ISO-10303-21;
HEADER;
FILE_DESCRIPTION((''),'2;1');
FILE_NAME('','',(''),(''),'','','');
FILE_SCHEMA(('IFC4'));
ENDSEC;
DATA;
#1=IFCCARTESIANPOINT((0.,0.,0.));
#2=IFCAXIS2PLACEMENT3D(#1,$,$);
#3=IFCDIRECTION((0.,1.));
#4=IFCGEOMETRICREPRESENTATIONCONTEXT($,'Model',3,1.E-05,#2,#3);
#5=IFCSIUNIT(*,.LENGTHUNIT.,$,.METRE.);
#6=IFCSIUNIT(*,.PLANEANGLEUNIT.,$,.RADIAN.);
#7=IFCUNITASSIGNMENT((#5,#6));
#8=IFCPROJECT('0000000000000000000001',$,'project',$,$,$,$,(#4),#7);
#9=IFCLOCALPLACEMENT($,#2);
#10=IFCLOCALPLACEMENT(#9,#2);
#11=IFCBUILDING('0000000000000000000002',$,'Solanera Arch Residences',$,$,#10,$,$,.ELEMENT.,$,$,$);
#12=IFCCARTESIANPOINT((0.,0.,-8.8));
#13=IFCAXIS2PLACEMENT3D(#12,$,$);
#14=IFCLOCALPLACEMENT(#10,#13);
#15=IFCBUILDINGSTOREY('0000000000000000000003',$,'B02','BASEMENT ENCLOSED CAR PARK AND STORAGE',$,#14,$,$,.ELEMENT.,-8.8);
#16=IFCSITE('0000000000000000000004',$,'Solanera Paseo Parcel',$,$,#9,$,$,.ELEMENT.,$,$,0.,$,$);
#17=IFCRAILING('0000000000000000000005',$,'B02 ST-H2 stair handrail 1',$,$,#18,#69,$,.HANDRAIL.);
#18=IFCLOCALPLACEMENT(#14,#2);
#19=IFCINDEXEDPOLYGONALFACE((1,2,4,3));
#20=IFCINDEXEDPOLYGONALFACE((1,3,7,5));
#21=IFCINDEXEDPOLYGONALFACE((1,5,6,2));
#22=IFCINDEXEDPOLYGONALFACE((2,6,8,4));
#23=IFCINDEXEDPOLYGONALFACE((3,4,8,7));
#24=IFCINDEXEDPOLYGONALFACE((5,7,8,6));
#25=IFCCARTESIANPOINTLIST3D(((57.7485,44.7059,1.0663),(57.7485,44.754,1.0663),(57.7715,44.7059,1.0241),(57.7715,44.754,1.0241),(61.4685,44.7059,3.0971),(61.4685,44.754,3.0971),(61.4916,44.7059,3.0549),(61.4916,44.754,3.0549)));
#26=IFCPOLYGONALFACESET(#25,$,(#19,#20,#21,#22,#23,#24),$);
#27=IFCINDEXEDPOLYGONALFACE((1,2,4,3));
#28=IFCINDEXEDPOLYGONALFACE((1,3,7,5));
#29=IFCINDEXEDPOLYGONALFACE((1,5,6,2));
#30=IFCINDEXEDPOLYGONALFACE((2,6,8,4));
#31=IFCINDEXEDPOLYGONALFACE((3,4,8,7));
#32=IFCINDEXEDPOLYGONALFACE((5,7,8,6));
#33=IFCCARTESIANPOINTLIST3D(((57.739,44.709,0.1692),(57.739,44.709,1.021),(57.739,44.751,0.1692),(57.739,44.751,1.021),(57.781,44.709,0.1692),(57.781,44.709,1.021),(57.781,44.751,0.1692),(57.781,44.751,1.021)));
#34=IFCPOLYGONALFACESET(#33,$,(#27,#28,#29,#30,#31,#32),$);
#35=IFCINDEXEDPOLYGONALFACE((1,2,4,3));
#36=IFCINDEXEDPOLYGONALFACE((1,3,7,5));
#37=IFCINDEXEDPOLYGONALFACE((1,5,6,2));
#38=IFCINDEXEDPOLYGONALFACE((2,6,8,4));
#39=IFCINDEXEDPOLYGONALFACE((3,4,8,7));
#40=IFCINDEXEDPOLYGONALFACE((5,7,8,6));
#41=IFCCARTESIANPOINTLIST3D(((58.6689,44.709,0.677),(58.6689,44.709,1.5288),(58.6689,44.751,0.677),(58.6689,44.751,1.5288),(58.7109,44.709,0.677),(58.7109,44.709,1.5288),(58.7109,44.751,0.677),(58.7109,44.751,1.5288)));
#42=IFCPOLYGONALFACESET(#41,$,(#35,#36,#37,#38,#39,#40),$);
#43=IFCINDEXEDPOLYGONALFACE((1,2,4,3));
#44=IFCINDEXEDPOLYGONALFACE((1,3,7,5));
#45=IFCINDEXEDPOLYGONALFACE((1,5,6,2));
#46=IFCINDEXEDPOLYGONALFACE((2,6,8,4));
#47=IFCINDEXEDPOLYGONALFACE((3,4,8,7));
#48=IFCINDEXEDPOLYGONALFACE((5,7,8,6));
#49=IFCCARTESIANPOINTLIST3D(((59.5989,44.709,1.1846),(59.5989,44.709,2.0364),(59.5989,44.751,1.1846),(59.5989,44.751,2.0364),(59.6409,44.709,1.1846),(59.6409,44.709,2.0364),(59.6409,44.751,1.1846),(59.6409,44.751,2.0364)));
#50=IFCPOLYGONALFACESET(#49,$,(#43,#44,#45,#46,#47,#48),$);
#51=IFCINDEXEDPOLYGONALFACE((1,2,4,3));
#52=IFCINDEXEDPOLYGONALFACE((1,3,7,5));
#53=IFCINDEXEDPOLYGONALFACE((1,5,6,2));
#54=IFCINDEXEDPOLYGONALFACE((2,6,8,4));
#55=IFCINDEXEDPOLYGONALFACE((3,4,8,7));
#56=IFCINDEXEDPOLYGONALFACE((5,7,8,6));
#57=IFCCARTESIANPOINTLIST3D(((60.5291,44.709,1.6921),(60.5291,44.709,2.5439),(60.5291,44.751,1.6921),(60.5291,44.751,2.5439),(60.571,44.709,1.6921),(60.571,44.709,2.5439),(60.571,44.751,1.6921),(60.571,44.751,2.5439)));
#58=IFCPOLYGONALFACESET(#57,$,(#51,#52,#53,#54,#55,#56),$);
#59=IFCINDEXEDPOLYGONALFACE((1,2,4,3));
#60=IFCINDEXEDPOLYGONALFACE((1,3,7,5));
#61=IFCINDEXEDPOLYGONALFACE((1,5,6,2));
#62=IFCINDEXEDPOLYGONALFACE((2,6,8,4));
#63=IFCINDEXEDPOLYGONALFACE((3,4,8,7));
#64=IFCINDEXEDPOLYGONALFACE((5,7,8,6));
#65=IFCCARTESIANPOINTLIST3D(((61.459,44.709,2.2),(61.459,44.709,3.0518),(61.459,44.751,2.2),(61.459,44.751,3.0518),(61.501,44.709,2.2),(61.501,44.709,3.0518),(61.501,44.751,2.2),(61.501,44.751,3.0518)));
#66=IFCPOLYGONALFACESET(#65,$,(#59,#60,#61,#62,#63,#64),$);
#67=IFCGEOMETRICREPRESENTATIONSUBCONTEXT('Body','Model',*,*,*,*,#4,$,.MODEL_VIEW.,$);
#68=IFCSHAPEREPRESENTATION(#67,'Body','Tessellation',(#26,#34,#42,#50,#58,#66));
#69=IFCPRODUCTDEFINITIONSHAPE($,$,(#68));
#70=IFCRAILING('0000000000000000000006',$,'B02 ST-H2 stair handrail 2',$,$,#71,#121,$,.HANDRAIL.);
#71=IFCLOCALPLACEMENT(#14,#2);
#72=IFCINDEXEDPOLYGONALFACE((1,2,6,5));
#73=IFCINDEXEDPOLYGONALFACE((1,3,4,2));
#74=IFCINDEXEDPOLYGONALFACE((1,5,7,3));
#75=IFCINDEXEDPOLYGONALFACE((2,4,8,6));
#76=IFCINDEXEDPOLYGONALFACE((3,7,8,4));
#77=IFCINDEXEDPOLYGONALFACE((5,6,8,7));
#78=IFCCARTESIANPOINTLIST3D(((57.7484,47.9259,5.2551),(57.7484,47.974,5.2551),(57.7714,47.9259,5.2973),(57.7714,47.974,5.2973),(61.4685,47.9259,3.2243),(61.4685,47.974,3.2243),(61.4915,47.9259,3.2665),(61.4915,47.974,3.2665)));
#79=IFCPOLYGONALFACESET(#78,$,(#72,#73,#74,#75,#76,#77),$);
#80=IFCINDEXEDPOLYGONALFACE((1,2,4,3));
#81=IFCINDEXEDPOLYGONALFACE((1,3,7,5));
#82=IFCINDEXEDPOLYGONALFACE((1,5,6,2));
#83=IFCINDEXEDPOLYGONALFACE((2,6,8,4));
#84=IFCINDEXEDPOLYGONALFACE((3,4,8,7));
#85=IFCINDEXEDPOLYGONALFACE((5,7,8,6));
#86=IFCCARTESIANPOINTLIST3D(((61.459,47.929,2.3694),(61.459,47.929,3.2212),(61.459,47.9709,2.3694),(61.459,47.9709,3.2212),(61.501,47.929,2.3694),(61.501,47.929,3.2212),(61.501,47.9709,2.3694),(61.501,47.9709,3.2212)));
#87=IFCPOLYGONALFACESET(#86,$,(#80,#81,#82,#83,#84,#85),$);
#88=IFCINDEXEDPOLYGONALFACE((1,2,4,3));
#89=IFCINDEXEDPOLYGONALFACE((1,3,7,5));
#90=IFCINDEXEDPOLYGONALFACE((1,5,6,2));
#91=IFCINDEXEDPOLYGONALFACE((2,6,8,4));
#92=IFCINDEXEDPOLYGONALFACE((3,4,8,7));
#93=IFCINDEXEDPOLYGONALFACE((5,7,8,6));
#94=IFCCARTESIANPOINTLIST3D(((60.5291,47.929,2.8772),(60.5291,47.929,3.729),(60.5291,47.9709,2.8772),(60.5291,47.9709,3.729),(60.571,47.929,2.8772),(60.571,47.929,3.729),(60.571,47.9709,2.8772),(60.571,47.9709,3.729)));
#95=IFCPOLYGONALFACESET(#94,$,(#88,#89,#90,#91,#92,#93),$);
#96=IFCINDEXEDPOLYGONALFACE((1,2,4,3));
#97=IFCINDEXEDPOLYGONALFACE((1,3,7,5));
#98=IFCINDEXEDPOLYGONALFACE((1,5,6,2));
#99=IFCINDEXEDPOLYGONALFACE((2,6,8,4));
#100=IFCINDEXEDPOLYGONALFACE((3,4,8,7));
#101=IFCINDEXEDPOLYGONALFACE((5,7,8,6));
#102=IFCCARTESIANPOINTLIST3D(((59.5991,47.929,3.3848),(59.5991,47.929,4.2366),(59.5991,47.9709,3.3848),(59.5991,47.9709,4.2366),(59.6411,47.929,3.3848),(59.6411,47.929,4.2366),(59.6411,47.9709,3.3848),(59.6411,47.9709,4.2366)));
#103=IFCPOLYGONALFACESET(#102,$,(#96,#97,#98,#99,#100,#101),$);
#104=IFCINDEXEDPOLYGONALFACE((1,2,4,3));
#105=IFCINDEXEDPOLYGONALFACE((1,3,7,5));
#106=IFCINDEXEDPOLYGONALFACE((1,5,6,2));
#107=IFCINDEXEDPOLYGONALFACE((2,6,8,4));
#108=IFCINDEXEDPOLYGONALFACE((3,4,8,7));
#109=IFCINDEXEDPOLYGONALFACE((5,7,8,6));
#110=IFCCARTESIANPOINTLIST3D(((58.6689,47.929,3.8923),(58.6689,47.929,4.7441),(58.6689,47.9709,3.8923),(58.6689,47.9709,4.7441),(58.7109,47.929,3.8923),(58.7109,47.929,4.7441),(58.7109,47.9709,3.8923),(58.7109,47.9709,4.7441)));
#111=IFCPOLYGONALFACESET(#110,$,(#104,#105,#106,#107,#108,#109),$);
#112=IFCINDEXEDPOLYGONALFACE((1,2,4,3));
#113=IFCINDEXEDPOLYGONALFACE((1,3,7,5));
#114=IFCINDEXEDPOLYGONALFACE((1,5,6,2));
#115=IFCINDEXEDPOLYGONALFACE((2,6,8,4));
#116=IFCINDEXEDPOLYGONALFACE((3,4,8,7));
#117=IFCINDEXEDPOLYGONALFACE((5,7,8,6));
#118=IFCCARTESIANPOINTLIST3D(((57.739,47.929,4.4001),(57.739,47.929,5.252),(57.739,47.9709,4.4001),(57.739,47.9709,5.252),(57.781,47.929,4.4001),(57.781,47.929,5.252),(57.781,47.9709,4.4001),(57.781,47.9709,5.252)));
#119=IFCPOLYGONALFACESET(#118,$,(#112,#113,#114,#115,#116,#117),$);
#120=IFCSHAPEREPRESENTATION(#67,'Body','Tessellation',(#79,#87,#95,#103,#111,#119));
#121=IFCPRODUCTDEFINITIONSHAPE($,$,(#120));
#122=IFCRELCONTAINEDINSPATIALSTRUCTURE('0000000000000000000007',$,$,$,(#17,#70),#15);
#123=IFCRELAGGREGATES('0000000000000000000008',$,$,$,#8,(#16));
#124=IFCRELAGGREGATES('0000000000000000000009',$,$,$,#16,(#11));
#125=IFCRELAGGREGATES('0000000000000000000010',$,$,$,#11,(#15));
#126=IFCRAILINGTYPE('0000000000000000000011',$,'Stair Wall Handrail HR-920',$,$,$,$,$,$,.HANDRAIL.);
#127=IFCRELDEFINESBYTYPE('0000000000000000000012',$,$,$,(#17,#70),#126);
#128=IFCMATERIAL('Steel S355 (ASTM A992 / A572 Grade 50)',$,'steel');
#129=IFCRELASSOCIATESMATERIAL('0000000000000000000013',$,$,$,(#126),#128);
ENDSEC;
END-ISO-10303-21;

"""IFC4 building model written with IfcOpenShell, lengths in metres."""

from ifc_helpers import new_model, si_unit, direction, frame, origin, origin_2d, place, context, subcontext, project, spatial, rectangle, extrude, material, type_object, element, save


model = new_model("IFC4")

# Units and contexts
model_context = context("Model", 3, precision=1e-05, world=origin(), true_north=direction((0.0, 1.0)))
body_context = subcontext(model_context, "Body", "Model", "MODEL_VIEW")
ifc_project = project(units=[si_unit("LENGTHUNIT", "METRE"), si_unit("PLANEANGLEUNIT", "RADIAN")], contexts=[model_context])

# Site, building, storey
site_placement = place(None, origin())
site = spatial("IfcSite", under=ifc_project, at=site_placement, Name="Solanera Paseo Parcel", CompositionType="ELEMENT", RefElevation=0.0)
building_placement = place(site_placement, origin())
building = spatial("IfcBuilding", under=site, at=building_placement, Name="Solanera Arch Residences", CompositionType="ELEMENT")
storey_placement = place(building_placement, frame((0.0, 0.0, -8.8)))
storey = spatial("IfcBuildingStorey", under=building, at=storey_placement, Name="B02", Description="BASEMENT ENCLOSED CAR PARK AND STORAGE", CompositionType="ELEMENT", Elevation=-8.8)

# Railings
ifc_material_1 = material(Name="Steel S355 (ASTM A992 / A572 Grade 50)", Category="steel")
railing_type_1 = type_object("IfcRailingType", Name="Stair Wall Handrail HR-920", PredefinedType="HANDRAIL", material=ifc_material_1)
railing_1_placement = place(storey_placement, frame((57.76, 44.73, 0.1692)))
element("IfcRailing", 1, at=railing_1_placement, inside=storey, type_object=railing_type_1, Name="B02 ST-H2 stair handrail 1", PredefinedType="HANDRAIL", context=body_context, shape_type="SweptSolid", body=[
    extrude(rectangle(XDim=0.0481, YDim=0.0481, at=origin_2d()), frame((0.0, 0.0, 0.876), z_axis=(0.877728, 0.0, 0.479159), x_axis=(0.0, 1.0, 0.0)), (0.0, 0.0, 1.0), 4.2383),
    extrude(rectangle(XDim=0.042, YDim=0.042, at=origin_2d()), origin(), (0.0, 0.0, 1.0), 0.8518),
    extrude(rectangle(XDim=0.042, YDim=0.042, at=origin_2d()), frame((0.9299, 0.0, 0.5078)), (0.0, 0.0, 1.0), 0.8518),
    extrude(rectangle(XDim=0.042, YDim=0.042, at=origin_2d()), frame((1.8599, 0.0, 1.0154)), (0.0, 0.0, 1.0), 0.8518),
    extrude(rectangle(XDim=0.042, YDim=0.042, at=origin_2d()), frame((2.79, 0.0, 1.5229)), (0.0, 0.0, 1.0), 0.8518),
    extrude(rectangle(XDim=0.042, YDim=0.042, at=origin_2d()), frame((3.72, 0.0, 2.0308)), (0.0, 0.0, 1.0), 0.8518),
])
railing_2_placement = place(storey_placement, frame((61.48, 47.95, 2.3694)))
element("IfcRailing", 2, at=railing_2_placement, inside=storey, type_object=railing_type_1, Name="B02 ST-H2 stair handrail 2", PredefinedType="HANDRAIL", context=body_context, shape_type="SweptSolid", body=[
    extrude(rectangle(XDim=0.0481, YDim=0.0481, at=origin_2d()), frame((0.0, 0.0, 0.876), z_axis=(-0.877728, 0.0, 0.479159), x_axis=(0.0, -1.0, 0.0)), (0.0, 0.0, 1.0), 4.2383),
    extrude(rectangle(XDim=0.042, YDim=0.042, at=origin_2d()), origin(), (0.0, 0.0, 1.0), 0.8518),
    extrude(rectangle(XDim=0.042, YDim=0.042, at=origin_2d()), frame((-0.9299, 0.0, 0.5078)), (0.0, 0.0, 1.0), 0.8518),
    extrude(rectangle(XDim=0.042, YDim=0.042, at=origin_2d()), frame((-1.8599, 0.0, 1.0154)), (0.0, 0.0, 1.0), 0.8518),
    extrude(rectangle(XDim=0.042, YDim=0.042, at=origin_2d()), frame((-2.79, 0.0, 1.5229)), (0.0, 0.0, 1.0), 0.8518),
    extrude(rectangle(XDim=0.042, YDim=0.042, at=origin_2d()), frame((-3.72, 0.0, 2.0308)), (0.0, 0.0, 1.0), 0.8518),
])

save(model, "model.ifc")
